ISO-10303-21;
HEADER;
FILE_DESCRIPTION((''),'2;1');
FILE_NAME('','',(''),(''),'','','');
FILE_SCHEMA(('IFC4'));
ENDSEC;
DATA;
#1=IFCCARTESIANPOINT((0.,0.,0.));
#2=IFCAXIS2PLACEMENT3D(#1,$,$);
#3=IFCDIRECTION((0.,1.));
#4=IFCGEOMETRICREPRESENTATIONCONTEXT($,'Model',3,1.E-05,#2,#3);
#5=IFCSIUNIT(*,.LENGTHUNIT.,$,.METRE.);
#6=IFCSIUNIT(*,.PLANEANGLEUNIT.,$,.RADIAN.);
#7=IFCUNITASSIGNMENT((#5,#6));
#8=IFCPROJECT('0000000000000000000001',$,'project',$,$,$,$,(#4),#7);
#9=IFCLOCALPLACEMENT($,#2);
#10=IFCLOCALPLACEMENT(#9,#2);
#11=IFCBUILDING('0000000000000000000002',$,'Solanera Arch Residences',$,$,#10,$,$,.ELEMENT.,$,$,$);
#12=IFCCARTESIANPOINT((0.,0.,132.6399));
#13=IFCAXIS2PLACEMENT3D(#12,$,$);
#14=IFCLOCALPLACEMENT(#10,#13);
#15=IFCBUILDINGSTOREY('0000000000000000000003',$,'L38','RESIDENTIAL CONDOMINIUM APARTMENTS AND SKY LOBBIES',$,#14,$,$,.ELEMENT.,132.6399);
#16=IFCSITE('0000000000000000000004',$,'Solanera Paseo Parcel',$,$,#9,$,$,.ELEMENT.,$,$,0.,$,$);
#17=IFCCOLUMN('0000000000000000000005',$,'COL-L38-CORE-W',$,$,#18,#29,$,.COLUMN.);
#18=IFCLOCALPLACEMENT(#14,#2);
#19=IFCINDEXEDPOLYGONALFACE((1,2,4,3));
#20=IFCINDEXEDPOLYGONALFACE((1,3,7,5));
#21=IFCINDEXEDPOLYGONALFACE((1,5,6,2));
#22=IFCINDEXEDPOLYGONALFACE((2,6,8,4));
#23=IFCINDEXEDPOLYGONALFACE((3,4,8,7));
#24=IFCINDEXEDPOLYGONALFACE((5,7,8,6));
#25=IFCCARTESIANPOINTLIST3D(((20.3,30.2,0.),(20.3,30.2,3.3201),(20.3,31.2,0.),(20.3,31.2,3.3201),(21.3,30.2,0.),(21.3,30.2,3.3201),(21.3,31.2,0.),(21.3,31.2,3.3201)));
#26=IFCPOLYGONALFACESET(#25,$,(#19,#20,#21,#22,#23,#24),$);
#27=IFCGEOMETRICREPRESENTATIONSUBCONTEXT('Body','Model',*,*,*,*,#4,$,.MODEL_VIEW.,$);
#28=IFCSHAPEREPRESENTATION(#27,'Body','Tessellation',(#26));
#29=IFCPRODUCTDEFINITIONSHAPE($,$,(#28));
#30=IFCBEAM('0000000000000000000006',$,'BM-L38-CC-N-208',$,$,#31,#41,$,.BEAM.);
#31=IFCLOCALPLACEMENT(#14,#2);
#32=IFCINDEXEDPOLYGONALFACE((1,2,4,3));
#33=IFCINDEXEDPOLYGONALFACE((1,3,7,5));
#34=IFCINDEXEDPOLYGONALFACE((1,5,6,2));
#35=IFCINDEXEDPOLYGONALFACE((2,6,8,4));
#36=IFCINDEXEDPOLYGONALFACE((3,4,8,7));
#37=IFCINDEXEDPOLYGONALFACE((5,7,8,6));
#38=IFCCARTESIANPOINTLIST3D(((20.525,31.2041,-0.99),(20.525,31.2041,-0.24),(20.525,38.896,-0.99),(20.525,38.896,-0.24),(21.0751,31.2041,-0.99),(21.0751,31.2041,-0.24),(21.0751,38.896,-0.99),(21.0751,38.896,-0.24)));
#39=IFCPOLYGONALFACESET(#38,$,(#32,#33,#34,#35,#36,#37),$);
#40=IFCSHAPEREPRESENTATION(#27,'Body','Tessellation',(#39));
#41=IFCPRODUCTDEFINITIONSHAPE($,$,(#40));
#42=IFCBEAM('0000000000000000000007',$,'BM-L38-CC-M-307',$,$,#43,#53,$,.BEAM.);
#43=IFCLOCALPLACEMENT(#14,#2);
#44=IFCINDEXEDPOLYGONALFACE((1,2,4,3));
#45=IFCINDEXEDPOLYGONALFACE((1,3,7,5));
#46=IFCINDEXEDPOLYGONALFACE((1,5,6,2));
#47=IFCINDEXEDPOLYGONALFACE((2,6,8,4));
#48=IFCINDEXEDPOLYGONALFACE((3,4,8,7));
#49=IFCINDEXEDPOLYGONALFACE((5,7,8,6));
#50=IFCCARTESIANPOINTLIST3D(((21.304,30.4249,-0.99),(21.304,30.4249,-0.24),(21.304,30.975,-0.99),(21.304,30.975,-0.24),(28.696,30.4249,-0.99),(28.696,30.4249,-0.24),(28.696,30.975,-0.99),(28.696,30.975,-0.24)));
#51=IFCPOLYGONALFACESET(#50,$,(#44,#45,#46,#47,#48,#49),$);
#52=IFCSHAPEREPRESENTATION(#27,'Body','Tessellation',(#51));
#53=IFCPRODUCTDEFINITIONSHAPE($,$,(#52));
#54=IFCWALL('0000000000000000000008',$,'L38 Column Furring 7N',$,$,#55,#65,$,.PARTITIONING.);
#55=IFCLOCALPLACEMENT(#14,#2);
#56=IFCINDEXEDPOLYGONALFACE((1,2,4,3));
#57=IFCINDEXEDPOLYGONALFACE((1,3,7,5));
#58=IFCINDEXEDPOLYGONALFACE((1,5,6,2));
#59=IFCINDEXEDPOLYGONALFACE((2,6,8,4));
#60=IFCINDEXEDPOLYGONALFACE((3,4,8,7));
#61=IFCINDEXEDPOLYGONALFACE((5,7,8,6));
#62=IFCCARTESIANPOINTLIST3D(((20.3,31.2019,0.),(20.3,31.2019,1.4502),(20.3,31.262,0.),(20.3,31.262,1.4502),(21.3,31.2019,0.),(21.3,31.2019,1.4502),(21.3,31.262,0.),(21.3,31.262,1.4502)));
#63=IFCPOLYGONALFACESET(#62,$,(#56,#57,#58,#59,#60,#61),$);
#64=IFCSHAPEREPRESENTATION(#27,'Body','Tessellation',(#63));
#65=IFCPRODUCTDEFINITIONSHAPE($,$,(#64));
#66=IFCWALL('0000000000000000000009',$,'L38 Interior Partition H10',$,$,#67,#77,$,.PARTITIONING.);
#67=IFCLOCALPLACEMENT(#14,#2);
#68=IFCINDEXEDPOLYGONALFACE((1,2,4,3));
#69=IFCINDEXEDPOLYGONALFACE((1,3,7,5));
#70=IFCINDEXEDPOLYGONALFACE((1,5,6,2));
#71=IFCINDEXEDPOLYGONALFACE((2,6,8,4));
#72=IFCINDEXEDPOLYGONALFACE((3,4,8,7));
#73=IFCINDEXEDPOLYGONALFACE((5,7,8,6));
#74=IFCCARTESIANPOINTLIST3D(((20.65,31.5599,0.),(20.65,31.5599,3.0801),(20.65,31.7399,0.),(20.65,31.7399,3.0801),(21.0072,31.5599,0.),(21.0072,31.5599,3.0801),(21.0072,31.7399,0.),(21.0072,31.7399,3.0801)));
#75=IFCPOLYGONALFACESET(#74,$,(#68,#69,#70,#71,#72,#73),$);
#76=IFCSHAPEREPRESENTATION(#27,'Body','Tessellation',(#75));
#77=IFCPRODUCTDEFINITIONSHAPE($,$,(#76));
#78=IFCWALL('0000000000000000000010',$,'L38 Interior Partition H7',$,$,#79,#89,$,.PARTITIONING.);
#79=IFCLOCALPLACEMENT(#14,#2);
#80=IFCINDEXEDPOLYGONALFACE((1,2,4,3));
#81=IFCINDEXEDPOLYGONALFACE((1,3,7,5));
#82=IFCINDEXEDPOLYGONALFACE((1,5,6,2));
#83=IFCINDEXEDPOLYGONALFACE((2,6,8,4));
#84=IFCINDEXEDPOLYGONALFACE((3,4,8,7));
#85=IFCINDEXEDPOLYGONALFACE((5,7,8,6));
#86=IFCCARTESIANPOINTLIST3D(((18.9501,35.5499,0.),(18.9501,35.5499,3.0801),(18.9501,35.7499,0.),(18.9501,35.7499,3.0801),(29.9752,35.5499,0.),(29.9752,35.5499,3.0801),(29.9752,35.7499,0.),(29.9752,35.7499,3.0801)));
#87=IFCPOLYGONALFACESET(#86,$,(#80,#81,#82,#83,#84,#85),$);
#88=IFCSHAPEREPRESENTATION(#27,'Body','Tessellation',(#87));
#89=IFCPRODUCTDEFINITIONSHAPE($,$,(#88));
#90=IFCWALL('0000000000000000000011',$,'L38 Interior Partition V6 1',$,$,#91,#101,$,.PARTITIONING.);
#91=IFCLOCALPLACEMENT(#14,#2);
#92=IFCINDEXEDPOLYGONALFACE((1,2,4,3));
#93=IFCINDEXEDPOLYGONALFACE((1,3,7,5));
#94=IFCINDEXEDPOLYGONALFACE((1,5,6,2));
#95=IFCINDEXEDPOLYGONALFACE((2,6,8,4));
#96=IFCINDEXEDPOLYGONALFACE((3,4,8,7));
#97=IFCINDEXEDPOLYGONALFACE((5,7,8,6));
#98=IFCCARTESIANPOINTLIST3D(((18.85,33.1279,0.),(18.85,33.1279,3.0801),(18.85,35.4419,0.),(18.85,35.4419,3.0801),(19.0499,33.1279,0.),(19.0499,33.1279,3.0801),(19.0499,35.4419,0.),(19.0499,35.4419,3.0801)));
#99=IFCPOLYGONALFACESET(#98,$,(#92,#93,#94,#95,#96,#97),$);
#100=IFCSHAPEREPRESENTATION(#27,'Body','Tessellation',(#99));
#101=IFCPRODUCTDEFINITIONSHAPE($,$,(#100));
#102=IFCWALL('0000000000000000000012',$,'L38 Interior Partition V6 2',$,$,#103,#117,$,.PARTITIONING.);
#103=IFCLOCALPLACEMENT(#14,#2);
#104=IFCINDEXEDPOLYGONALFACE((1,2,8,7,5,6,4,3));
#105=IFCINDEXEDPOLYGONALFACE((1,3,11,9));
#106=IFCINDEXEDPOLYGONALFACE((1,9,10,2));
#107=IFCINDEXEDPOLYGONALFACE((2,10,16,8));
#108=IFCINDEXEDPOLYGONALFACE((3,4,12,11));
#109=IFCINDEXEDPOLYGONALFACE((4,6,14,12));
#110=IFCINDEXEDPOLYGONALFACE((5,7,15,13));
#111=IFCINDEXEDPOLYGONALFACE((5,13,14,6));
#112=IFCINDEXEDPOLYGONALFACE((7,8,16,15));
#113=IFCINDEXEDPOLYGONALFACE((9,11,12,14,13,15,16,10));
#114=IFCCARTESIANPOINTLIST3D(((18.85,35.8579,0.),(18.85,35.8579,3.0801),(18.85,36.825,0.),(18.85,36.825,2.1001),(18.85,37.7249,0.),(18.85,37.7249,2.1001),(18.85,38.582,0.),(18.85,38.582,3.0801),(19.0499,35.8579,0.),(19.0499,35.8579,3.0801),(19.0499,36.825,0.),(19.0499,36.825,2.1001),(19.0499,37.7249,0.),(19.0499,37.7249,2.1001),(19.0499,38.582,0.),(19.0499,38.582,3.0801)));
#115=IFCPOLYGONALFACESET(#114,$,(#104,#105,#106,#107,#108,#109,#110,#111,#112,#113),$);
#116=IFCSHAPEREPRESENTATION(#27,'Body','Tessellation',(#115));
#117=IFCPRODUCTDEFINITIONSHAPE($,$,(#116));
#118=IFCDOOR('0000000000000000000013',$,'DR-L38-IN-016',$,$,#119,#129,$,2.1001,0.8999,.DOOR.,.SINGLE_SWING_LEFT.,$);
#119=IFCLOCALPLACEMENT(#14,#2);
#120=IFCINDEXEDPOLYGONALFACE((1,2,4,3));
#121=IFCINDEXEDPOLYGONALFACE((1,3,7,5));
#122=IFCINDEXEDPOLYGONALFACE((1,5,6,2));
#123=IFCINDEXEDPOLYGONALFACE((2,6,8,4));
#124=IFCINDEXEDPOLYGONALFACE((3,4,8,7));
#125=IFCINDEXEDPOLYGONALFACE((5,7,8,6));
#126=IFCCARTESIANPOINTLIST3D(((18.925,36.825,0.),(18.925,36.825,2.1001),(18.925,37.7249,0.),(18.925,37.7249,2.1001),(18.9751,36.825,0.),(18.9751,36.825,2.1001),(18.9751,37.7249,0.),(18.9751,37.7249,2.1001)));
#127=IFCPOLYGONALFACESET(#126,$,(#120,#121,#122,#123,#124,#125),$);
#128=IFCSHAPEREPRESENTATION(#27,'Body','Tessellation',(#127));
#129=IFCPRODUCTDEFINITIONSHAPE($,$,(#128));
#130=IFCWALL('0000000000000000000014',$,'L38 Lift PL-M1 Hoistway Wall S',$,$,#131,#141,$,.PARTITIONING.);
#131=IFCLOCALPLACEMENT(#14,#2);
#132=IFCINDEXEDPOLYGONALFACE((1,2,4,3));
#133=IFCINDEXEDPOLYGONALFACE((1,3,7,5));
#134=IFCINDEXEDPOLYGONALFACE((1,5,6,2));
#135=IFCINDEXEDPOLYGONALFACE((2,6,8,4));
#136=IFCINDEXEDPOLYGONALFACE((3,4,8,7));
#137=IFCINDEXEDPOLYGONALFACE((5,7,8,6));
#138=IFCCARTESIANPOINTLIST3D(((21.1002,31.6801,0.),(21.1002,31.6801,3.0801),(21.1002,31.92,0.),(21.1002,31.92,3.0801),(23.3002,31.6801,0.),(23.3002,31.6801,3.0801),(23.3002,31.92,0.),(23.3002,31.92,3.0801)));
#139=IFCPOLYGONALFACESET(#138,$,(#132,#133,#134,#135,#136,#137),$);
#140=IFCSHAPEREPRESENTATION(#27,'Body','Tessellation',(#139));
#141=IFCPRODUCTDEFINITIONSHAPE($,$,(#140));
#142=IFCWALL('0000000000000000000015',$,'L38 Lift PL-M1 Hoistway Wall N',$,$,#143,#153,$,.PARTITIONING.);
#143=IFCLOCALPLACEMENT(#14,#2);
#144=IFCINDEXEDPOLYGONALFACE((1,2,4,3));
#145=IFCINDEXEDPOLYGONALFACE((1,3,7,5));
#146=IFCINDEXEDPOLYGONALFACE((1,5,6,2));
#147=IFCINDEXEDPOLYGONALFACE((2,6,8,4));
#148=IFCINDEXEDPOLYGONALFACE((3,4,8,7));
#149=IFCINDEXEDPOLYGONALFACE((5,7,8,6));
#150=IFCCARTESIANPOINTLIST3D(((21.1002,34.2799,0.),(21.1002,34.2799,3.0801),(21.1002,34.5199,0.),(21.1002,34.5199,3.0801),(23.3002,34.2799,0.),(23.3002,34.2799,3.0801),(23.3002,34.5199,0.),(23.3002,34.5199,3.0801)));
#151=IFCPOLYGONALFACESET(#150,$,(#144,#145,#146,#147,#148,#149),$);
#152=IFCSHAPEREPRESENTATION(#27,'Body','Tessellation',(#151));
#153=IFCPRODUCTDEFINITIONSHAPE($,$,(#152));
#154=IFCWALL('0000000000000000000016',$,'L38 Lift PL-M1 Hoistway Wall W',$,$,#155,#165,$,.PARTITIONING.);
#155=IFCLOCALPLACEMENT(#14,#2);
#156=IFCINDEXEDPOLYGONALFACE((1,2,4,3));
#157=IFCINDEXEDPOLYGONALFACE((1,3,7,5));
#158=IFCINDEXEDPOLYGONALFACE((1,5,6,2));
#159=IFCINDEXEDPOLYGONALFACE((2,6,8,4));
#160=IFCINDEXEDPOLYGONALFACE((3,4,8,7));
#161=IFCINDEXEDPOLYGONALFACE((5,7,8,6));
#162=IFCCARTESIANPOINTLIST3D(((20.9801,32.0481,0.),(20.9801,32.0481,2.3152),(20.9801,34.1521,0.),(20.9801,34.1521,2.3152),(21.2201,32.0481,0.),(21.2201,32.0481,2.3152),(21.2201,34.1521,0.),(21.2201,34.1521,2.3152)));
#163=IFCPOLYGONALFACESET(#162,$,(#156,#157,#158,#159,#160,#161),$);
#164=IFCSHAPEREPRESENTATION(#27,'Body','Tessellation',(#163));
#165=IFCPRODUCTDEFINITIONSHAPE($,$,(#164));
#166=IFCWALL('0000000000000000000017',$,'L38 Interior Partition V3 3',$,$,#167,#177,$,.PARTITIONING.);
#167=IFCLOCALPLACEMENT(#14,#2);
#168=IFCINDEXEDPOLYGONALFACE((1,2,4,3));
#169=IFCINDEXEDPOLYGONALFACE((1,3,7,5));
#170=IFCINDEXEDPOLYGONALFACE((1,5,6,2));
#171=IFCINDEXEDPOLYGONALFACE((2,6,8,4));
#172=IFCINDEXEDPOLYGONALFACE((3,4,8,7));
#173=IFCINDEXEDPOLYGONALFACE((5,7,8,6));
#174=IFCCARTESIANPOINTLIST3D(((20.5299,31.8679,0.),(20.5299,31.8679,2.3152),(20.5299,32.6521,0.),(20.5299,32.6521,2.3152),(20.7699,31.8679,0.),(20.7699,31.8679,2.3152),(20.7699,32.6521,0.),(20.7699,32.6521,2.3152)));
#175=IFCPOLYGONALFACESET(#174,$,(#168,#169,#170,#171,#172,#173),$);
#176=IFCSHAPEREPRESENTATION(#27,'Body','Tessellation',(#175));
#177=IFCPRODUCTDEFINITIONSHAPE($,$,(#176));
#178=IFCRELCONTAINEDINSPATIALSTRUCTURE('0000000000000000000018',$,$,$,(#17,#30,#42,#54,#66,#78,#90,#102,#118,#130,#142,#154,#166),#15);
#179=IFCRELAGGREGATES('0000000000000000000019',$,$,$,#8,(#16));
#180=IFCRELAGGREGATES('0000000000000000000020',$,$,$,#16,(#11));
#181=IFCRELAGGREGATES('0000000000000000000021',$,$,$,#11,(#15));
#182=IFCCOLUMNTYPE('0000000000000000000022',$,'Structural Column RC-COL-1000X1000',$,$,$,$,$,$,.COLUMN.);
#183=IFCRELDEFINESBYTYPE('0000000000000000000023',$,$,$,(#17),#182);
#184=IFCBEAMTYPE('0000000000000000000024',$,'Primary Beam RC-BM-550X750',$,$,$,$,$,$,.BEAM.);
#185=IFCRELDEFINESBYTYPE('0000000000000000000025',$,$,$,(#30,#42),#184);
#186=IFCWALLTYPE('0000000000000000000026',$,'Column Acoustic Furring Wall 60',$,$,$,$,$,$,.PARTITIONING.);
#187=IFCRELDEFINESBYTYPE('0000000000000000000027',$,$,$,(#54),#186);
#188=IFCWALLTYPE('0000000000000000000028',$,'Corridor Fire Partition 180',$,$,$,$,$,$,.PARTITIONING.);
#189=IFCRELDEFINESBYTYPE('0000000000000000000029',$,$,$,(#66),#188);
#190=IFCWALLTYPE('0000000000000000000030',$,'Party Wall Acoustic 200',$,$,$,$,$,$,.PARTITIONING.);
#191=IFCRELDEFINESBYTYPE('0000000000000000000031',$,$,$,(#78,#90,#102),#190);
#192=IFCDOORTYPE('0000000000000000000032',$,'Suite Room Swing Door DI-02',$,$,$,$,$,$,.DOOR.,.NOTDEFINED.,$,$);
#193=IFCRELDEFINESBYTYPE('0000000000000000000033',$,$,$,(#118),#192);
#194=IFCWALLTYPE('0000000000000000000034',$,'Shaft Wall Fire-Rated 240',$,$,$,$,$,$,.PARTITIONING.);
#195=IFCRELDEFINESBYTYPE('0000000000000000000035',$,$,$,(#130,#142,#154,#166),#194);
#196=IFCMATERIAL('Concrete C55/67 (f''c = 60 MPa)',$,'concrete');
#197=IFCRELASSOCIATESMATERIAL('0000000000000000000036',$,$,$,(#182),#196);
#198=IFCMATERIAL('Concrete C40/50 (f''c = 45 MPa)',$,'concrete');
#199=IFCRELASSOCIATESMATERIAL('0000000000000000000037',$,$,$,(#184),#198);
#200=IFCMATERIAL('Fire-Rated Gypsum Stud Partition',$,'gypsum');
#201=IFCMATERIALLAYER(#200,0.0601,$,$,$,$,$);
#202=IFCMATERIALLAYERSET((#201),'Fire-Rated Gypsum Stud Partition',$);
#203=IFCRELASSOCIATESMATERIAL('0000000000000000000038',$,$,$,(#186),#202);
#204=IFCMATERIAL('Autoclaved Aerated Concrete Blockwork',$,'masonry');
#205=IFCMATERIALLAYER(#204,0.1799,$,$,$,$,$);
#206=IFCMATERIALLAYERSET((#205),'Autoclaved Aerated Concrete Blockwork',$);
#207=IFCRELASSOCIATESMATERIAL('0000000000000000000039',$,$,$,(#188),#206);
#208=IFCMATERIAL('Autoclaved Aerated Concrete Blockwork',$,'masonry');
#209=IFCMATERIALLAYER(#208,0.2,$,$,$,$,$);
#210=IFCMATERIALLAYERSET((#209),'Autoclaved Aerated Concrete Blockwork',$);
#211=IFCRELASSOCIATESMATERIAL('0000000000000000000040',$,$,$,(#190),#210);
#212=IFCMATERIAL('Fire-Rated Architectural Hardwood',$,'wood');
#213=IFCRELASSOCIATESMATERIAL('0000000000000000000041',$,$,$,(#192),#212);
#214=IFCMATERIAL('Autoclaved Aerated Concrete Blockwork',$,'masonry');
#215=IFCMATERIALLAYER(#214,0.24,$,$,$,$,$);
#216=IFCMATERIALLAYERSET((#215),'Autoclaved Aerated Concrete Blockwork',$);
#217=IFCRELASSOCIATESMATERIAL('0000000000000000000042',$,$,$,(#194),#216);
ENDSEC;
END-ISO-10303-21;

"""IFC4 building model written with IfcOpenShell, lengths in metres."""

from ifc_helpers import new_model, si_unit, direction, frame, frame_2d, origin, origin_2d, place, context, subcontext, project, spatial, rectangle, extrude, material, layer, layer_set, material_profile, profile_set, type_object, element, fill, save


model = new_model("IFC4")

# Units and contexts
model_context = context("Model", 3, precision=1e-05, world=origin(), true_north=direction((0.0, 1.0)))
body_context = subcontext(model_context, "Body", "Model", "MODEL_VIEW")
ifc_project = project(units=[si_unit("LENGTHUNIT", "METRE"), si_unit("PLANEANGLEUNIT", "RADIAN")], contexts=[model_context])

# Site, building, storey
site_placement = place(None, origin())
site = spatial("IfcSite", under=ifc_project, at=site_placement, Name="Solanera Paseo Parcel", CompositionType="ELEMENT", RefElevation=0.0)
building_placement = place(site_placement, origin())
building = spatial("IfcBuilding", under=site, at=building_placement, Name="Solanera Arch Residences", CompositionType="ELEMENT")
storey_placement = place(building_placement, frame((0.0, 0.0, 132.6399)))
storey = spatial("IfcBuildingStorey", under=building, at=storey_placement, Name="L38", Description="RESIDENTIAL CONDOMINIUM APARTMENTS AND SKY LOBBIES", CompositionType="ELEMENT", Elevation=132.6399)

# Column
ifc_material_1 = material(Name="Concrete C55/67 (f'c = 60 MPa)", Category="concrete")
ifc_material_profile_1 = material_profile(ifc_material_1, rectangle(XDim=1.0, YDim=1.0, at=origin_2d()))
ifc_profile_set_1 = profile_set([ifc_material_profile_1], Name="Concrete C55/67 (f'c = 60 MPa)")
column_type = type_object("IfcColumnType", Name="Structural Column RC-COL-1000X1000", PredefinedType="COLUMN", material=ifc_profile_set_1)
column_placement = place(storey_placement, frame((20.8, 30.7, 0.0), z_axis=(0.0, 0.0, 1.0), x_axis=(1.0, 0.0, 0.0)))
element("IfcColumn", 1, at=column_placement, inside=storey, type_object=column_type, Name="COL-L38-CORE-W", PredefinedType="COLUMN", context=body_context, shape_type="SweptSolid", body=[
    extrude(rectangle(XDim=1.0, YDim=1.0, at=origin_2d()), origin(), (0.0, 0.0, 1.0), 3.3201),
])

# Beams
ifc_material_2 = material(Name="Concrete C40/50 (f'c = 45 MPa)", Category="concrete")
ifc_material_profile_2 = material_profile(ifc_material_2, rectangle(XDim=0.55, YDim=0.75, at=origin_2d()))
ifc_profile_set_2 = profile_set([ifc_material_profile_2], Name="Concrete C40/50 (f'c = 45 MPa)")
beam_type = type_object("IfcBeamType", Name="Primary Beam RC-BM-550X750", PredefinedType="BEAM", material=ifc_profile_set_2)
beam_1_placement = place(storey_placement, frame((20.8, 31.2041, -0.615), z_axis=(0.0, 1.0, 0.0), x_axis=(-1.0, 0.0, 0.0)))
element("IfcBeam", 2, at=beam_1_placement, inside=storey, type_object=beam_type, Name="BM-L38-CC-N-208", PredefinedType="BEAM", context=body_context, shape_type="SweptSolid", body=[
    extrude(rectangle(XDim=0.55, YDim=0.75, at=origin_2d()), origin(), (0.0, 0.0, 1.0), 7.6919),
])
beam_2_placement = place(storey_placement, frame((21.304, 30.7, -0.615), z_axis=(1.0, 0.0, 0.0), x_axis=(0.0, 1.0, 0.0)))
element("IfcBeam", 3, at=beam_2_placement, inside=storey, type_object=beam_type, Name="BM-L38-CC-M-307", PredefinedType="BEAM", context=body_context, shape_type="SweptSolid", body=[
    extrude(rectangle(XDim=0.55, YDim=0.75, at=origin_2d()), origin(), (0.0, 0.0, 1.0), 7.3921),
])

# Wall
ifc_material_3 = material(Name="Fire-Rated Gypsum Stud Partition", Category="gypsum")
ifc_layer_1 = layer(ifc_material_3, 0.0601)
ifc_layer_set_1 = layer_set([ifc_layer_1], Name="Fire-Rated Gypsum Stud Partition")
wall_type_1 = type_object("IfcWallType", Name="Column Acoustic Furring Wall 60", PredefinedType="PARTITIONING", material=ifc_layer_set_1)
wall_1_placement = place(storey_placement, frame((20.3, 31.2319, 0.0), z_axis=(0.0, 0.0, 1.0), x_axis=(1.0, 0.0, 0.0)))
element("IfcWall", 4, at=wall_1_placement, inside=storey, type_object=wall_type_1, Name="L38 Column Furring 7N", PredefinedType="PARTITIONING", context=body_context, shape_type="SweptSolid", body=[
    extrude(rectangle(XDim=1.0, YDim=0.0601, at=frame_2d((0.5, 0.0))), origin(), (0.0, 0.0, 1.0), 1.4502),
])

# Walls
ifc_material_4 = material(Name="Autoclaved Aerated Concrete Blockwork", Category="masonry")
ifc_layer_2 = layer(ifc_material_4, 0.1799)
ifc_layer_set_2 = layer_set([ifc_layer_2], Name="Autoclaved Aerated Concrete Blockwork")
wall_type_2 = type_object("IfcWallType", Name="Corridor Fire Partition 180", PredefinedType="PARTITIONING", material=ifc_layer_set_2)
wall_2_placement = place(storey_placement, frame((20.6499, 31.6499, 0.0), z_axis=(0.0, 0.0, 1.0), x_axis=(1.0, 0.0, 0.0)))
element("IfcWall", 5, at=wall_2_placement, inside=storey, type_object=wall_type_2, Name="L38 Interior Partition H10", PredefinedType="PARTITIONING", context=body_context, shape_type="SweptSolid", body=[
    extrude(rectangle(XDim=0.3572, YDim=0.1799, at=frame_2d((0.1787, 0.0))), origin(), (0.0, 0.0, 1.0), 3.0801),
])
ifc_material_5 = material(Name="Autoclaved Aerated Concrete Blockwork", Category="masonry")
ifc_layer_3 = layer(ifc_material_5, 0.2)
ifc_layer_set_3 = layer_set([ifc_layer_3], Name="Autoclaved Aerated Concrete Blockwork")
wall_type_3 = type_object("IfcWallType", Name="Party Wall Acoustic 200", PredefinedType="PARTITIONING", material=ifc_layer_set_3)
wall_3_placement = place(storey_placement, frame((18.95, 35.6499, 0.0), z_axis=(0.0, 0.0, 1.0), x_axis=(1.0, 0.0, 0.0)))
element("IfcWall", 6, at=wall_3_placement, inside=storey, type_object=wall_type_3, Name="L38 Interior Partition H7", PredefinedType="PARTITIONING", context=body_context, shape_type="SweptSolid", body=[
    extrude(rectangle(XDim=11.0251, YDim=0.2, at=frame_2d((5.5127, 0.0))), origin(), (0.0, 0.0, 1.0), 3.0801),
])
wall_4_placement = place(storey_placement, frame((18.95, 33.1279, 0.0), z_axis=(0.0, 0.0, 1.0), x_axis=(0.0, 1.0, 0.0)))
element("IfcWall", 7, at=wall_4_placement, inside=storey, type_object=wall_type_3, Name="L38 Interior Partition V6 1", PredefinedType="PARTITIONING", context=body_context, shape_type="SweptSolid", body=[
    extrude(rectangle(XDim=2.314, YDim=0.2, at=frame_2d((1.157, 0.0))), origin(), (0.0, 0.0, 1.0), 3.0801),
])

# Wall, opening, door
wall_5_placement = place(storey_placement, frame((18.95, 35.8579, 0.0), z_axis=(0.0, 0.0, 1.0), x_axis=(0.0, 1.0, 0.0)))
wall_5 = element("IfcWall", 8, at=wall_5_placement, inside=storey, type_object=wall_type_3, Name="L38 Interior Partition V6 2", PredefinedType="PARTITIONING", context=body_context, shape_type="SweptSolid", body=[
    extrude(rectangle(XDim=2.7241, YDim=0.2, at=frame_2d((1.3621, 0.0))), origin(), (0.0, 0.0, 1.0), 3.0801),
])
opening_1_placement = place(wall_5_placement, frame((0.967, 0.0, 0.0)))
opening_1 = element("IfcOpeningElement", 9, at=opening_1_placement, cuts=wall_5, PredefinedType="OPENING", context=body_context, shape_type="SweptSolid", body=[
    extrude(rectangle(XDim=0.8999, YDim=2.1001, at=frame_2d((0.45, 1.05))), frame((0.0, 0.1101, 0.0), z_axis=(0.0, -1.0, 0.0), x_axis=(1.0, 0.0, 0.0)), (0.0, 0.0, 1.0), 0.22),
])
ifc_material_6 = material(Name="Fire-Rated Architectural Hardwood", Category="wood")
door_type_1 = type_object("IfcDoorType", Name="Suite Room Swing Door DI-02", OperationType="NOTDEFINED", PredefinedType="DOOR", material=ifc_material_6)
door_1_placement = place(opening_1_placement, origin())
door_1 = element("IfcDoor", 10, at=door_1_placement, inside=storey, type_object=door_type_1, Name="DR-L38-IN-016", OperationType="SINGLE_SWING_LEFT", OverallHeight=2.1001, OverallWidth=0.8999, PredefinedType="DOOR", context=body_context, shape_type="SweptSolid", body=[
    extrude(rectangle(XDim=0.8999, YDim=2.1001, at=frame_2d((0.45, 1.05))), frame((0.0, 0.0249, 0.0), z_axis=(0.0, -1.0, 0.0), x_axis=(1.0, 0.0, 0.0)), (0.0, 0.0, 1.0), 0.05),
])
fill(opening_1, door_1)

# Walls
ifc_material_7 = material(Name="Autoclaved Aerated Concrete Blockwork", Category="masonry")
ifc_layer_4 = layer(ifc_material_7, 0.24)
ifc_layer_set_4 = layer_set([ifc_layer_4], Name="Autoclaved Aerated Concrete Blockwork")
wall_type_4 = type_object("IfcWallType", Name="Shaft Wall Fire-Rated 240", PredefinedType="PARTITIONING", material=ifc_layer_set_4)
for number, where, z_axis, x_axis, name in (
    (11, (21.1001, 31.8, 0.0), (0.0, 0.0, 1.0), (1.0, 0.0, 0.0), "L38 Lift PL-M1 Hoistway Wall S"),
    (12, (21.1001, 34.3999, 0.0), (0.0, 0.0, 1.0), (1.0, 0.0, 0.0), "L38 Lift PL-M1 Hoistway Wall N"),
):
    element("IfcWall", number, at=place(storey_placement, frame(where, z_axis=z_axis, x_axis=x_axis)), inside=storey, type_object=wall_type_4, Name=name, PredefinedType="PARTITIONING", context=body_context, shape_type="SweptSolid", body=[
        extrude(rectangle(XDim=2.2, YDim=0.24, at=frame_2d((1.1001, 0.0))), origin(), (0.0, 0.0, 1.0), 3.0801),
    ])
wall_6_placement = place(storey_placement, frame((21.1001, 32.0481, 0.0), z_axis=(0.0, 0.0, 1.0), x_axis=(0.0, 1.0, 0.0)))
element("IfcWall", 13, at=wall_6_placement, inside=storey, type_object=wall_type_4, Name="L38 Lift PL-M1 Hoistway Wall W", PredefinedType="PARTITIONING", context=body_context, shape_type="SweptSolid", body=[
    extrude(rectangle(XDim=2.104, YDim=0.24, at=frame_2d((1.052, 0.0))), origin(), (0.0, 0.0, 1.0), 2.3152),
])

# Wall
wall_7_placement = place(storey_placement, frame((20.6499, 31.8679, 0.0), z_axis=(0.0, 0.0, 1.0), x_axis=(0.0, 1.0, 0.0)))
element("IfcWall", 14, at=wall_7_placement, inside=storey, type_object=wall_type_4, Name="L38 Interior Partition V3 3", PredefinedType="PARTITIONING", context=body_context, shape_type="SweptSolid", body=[
    extrude(rectangle(XDim=0.7842, YDim=0.24, at=frame_2d((0.3921, 0.0))), origin(), (0.0, 0.0, 1.0), 2.3152),
])

save(model, "model.ifc")
